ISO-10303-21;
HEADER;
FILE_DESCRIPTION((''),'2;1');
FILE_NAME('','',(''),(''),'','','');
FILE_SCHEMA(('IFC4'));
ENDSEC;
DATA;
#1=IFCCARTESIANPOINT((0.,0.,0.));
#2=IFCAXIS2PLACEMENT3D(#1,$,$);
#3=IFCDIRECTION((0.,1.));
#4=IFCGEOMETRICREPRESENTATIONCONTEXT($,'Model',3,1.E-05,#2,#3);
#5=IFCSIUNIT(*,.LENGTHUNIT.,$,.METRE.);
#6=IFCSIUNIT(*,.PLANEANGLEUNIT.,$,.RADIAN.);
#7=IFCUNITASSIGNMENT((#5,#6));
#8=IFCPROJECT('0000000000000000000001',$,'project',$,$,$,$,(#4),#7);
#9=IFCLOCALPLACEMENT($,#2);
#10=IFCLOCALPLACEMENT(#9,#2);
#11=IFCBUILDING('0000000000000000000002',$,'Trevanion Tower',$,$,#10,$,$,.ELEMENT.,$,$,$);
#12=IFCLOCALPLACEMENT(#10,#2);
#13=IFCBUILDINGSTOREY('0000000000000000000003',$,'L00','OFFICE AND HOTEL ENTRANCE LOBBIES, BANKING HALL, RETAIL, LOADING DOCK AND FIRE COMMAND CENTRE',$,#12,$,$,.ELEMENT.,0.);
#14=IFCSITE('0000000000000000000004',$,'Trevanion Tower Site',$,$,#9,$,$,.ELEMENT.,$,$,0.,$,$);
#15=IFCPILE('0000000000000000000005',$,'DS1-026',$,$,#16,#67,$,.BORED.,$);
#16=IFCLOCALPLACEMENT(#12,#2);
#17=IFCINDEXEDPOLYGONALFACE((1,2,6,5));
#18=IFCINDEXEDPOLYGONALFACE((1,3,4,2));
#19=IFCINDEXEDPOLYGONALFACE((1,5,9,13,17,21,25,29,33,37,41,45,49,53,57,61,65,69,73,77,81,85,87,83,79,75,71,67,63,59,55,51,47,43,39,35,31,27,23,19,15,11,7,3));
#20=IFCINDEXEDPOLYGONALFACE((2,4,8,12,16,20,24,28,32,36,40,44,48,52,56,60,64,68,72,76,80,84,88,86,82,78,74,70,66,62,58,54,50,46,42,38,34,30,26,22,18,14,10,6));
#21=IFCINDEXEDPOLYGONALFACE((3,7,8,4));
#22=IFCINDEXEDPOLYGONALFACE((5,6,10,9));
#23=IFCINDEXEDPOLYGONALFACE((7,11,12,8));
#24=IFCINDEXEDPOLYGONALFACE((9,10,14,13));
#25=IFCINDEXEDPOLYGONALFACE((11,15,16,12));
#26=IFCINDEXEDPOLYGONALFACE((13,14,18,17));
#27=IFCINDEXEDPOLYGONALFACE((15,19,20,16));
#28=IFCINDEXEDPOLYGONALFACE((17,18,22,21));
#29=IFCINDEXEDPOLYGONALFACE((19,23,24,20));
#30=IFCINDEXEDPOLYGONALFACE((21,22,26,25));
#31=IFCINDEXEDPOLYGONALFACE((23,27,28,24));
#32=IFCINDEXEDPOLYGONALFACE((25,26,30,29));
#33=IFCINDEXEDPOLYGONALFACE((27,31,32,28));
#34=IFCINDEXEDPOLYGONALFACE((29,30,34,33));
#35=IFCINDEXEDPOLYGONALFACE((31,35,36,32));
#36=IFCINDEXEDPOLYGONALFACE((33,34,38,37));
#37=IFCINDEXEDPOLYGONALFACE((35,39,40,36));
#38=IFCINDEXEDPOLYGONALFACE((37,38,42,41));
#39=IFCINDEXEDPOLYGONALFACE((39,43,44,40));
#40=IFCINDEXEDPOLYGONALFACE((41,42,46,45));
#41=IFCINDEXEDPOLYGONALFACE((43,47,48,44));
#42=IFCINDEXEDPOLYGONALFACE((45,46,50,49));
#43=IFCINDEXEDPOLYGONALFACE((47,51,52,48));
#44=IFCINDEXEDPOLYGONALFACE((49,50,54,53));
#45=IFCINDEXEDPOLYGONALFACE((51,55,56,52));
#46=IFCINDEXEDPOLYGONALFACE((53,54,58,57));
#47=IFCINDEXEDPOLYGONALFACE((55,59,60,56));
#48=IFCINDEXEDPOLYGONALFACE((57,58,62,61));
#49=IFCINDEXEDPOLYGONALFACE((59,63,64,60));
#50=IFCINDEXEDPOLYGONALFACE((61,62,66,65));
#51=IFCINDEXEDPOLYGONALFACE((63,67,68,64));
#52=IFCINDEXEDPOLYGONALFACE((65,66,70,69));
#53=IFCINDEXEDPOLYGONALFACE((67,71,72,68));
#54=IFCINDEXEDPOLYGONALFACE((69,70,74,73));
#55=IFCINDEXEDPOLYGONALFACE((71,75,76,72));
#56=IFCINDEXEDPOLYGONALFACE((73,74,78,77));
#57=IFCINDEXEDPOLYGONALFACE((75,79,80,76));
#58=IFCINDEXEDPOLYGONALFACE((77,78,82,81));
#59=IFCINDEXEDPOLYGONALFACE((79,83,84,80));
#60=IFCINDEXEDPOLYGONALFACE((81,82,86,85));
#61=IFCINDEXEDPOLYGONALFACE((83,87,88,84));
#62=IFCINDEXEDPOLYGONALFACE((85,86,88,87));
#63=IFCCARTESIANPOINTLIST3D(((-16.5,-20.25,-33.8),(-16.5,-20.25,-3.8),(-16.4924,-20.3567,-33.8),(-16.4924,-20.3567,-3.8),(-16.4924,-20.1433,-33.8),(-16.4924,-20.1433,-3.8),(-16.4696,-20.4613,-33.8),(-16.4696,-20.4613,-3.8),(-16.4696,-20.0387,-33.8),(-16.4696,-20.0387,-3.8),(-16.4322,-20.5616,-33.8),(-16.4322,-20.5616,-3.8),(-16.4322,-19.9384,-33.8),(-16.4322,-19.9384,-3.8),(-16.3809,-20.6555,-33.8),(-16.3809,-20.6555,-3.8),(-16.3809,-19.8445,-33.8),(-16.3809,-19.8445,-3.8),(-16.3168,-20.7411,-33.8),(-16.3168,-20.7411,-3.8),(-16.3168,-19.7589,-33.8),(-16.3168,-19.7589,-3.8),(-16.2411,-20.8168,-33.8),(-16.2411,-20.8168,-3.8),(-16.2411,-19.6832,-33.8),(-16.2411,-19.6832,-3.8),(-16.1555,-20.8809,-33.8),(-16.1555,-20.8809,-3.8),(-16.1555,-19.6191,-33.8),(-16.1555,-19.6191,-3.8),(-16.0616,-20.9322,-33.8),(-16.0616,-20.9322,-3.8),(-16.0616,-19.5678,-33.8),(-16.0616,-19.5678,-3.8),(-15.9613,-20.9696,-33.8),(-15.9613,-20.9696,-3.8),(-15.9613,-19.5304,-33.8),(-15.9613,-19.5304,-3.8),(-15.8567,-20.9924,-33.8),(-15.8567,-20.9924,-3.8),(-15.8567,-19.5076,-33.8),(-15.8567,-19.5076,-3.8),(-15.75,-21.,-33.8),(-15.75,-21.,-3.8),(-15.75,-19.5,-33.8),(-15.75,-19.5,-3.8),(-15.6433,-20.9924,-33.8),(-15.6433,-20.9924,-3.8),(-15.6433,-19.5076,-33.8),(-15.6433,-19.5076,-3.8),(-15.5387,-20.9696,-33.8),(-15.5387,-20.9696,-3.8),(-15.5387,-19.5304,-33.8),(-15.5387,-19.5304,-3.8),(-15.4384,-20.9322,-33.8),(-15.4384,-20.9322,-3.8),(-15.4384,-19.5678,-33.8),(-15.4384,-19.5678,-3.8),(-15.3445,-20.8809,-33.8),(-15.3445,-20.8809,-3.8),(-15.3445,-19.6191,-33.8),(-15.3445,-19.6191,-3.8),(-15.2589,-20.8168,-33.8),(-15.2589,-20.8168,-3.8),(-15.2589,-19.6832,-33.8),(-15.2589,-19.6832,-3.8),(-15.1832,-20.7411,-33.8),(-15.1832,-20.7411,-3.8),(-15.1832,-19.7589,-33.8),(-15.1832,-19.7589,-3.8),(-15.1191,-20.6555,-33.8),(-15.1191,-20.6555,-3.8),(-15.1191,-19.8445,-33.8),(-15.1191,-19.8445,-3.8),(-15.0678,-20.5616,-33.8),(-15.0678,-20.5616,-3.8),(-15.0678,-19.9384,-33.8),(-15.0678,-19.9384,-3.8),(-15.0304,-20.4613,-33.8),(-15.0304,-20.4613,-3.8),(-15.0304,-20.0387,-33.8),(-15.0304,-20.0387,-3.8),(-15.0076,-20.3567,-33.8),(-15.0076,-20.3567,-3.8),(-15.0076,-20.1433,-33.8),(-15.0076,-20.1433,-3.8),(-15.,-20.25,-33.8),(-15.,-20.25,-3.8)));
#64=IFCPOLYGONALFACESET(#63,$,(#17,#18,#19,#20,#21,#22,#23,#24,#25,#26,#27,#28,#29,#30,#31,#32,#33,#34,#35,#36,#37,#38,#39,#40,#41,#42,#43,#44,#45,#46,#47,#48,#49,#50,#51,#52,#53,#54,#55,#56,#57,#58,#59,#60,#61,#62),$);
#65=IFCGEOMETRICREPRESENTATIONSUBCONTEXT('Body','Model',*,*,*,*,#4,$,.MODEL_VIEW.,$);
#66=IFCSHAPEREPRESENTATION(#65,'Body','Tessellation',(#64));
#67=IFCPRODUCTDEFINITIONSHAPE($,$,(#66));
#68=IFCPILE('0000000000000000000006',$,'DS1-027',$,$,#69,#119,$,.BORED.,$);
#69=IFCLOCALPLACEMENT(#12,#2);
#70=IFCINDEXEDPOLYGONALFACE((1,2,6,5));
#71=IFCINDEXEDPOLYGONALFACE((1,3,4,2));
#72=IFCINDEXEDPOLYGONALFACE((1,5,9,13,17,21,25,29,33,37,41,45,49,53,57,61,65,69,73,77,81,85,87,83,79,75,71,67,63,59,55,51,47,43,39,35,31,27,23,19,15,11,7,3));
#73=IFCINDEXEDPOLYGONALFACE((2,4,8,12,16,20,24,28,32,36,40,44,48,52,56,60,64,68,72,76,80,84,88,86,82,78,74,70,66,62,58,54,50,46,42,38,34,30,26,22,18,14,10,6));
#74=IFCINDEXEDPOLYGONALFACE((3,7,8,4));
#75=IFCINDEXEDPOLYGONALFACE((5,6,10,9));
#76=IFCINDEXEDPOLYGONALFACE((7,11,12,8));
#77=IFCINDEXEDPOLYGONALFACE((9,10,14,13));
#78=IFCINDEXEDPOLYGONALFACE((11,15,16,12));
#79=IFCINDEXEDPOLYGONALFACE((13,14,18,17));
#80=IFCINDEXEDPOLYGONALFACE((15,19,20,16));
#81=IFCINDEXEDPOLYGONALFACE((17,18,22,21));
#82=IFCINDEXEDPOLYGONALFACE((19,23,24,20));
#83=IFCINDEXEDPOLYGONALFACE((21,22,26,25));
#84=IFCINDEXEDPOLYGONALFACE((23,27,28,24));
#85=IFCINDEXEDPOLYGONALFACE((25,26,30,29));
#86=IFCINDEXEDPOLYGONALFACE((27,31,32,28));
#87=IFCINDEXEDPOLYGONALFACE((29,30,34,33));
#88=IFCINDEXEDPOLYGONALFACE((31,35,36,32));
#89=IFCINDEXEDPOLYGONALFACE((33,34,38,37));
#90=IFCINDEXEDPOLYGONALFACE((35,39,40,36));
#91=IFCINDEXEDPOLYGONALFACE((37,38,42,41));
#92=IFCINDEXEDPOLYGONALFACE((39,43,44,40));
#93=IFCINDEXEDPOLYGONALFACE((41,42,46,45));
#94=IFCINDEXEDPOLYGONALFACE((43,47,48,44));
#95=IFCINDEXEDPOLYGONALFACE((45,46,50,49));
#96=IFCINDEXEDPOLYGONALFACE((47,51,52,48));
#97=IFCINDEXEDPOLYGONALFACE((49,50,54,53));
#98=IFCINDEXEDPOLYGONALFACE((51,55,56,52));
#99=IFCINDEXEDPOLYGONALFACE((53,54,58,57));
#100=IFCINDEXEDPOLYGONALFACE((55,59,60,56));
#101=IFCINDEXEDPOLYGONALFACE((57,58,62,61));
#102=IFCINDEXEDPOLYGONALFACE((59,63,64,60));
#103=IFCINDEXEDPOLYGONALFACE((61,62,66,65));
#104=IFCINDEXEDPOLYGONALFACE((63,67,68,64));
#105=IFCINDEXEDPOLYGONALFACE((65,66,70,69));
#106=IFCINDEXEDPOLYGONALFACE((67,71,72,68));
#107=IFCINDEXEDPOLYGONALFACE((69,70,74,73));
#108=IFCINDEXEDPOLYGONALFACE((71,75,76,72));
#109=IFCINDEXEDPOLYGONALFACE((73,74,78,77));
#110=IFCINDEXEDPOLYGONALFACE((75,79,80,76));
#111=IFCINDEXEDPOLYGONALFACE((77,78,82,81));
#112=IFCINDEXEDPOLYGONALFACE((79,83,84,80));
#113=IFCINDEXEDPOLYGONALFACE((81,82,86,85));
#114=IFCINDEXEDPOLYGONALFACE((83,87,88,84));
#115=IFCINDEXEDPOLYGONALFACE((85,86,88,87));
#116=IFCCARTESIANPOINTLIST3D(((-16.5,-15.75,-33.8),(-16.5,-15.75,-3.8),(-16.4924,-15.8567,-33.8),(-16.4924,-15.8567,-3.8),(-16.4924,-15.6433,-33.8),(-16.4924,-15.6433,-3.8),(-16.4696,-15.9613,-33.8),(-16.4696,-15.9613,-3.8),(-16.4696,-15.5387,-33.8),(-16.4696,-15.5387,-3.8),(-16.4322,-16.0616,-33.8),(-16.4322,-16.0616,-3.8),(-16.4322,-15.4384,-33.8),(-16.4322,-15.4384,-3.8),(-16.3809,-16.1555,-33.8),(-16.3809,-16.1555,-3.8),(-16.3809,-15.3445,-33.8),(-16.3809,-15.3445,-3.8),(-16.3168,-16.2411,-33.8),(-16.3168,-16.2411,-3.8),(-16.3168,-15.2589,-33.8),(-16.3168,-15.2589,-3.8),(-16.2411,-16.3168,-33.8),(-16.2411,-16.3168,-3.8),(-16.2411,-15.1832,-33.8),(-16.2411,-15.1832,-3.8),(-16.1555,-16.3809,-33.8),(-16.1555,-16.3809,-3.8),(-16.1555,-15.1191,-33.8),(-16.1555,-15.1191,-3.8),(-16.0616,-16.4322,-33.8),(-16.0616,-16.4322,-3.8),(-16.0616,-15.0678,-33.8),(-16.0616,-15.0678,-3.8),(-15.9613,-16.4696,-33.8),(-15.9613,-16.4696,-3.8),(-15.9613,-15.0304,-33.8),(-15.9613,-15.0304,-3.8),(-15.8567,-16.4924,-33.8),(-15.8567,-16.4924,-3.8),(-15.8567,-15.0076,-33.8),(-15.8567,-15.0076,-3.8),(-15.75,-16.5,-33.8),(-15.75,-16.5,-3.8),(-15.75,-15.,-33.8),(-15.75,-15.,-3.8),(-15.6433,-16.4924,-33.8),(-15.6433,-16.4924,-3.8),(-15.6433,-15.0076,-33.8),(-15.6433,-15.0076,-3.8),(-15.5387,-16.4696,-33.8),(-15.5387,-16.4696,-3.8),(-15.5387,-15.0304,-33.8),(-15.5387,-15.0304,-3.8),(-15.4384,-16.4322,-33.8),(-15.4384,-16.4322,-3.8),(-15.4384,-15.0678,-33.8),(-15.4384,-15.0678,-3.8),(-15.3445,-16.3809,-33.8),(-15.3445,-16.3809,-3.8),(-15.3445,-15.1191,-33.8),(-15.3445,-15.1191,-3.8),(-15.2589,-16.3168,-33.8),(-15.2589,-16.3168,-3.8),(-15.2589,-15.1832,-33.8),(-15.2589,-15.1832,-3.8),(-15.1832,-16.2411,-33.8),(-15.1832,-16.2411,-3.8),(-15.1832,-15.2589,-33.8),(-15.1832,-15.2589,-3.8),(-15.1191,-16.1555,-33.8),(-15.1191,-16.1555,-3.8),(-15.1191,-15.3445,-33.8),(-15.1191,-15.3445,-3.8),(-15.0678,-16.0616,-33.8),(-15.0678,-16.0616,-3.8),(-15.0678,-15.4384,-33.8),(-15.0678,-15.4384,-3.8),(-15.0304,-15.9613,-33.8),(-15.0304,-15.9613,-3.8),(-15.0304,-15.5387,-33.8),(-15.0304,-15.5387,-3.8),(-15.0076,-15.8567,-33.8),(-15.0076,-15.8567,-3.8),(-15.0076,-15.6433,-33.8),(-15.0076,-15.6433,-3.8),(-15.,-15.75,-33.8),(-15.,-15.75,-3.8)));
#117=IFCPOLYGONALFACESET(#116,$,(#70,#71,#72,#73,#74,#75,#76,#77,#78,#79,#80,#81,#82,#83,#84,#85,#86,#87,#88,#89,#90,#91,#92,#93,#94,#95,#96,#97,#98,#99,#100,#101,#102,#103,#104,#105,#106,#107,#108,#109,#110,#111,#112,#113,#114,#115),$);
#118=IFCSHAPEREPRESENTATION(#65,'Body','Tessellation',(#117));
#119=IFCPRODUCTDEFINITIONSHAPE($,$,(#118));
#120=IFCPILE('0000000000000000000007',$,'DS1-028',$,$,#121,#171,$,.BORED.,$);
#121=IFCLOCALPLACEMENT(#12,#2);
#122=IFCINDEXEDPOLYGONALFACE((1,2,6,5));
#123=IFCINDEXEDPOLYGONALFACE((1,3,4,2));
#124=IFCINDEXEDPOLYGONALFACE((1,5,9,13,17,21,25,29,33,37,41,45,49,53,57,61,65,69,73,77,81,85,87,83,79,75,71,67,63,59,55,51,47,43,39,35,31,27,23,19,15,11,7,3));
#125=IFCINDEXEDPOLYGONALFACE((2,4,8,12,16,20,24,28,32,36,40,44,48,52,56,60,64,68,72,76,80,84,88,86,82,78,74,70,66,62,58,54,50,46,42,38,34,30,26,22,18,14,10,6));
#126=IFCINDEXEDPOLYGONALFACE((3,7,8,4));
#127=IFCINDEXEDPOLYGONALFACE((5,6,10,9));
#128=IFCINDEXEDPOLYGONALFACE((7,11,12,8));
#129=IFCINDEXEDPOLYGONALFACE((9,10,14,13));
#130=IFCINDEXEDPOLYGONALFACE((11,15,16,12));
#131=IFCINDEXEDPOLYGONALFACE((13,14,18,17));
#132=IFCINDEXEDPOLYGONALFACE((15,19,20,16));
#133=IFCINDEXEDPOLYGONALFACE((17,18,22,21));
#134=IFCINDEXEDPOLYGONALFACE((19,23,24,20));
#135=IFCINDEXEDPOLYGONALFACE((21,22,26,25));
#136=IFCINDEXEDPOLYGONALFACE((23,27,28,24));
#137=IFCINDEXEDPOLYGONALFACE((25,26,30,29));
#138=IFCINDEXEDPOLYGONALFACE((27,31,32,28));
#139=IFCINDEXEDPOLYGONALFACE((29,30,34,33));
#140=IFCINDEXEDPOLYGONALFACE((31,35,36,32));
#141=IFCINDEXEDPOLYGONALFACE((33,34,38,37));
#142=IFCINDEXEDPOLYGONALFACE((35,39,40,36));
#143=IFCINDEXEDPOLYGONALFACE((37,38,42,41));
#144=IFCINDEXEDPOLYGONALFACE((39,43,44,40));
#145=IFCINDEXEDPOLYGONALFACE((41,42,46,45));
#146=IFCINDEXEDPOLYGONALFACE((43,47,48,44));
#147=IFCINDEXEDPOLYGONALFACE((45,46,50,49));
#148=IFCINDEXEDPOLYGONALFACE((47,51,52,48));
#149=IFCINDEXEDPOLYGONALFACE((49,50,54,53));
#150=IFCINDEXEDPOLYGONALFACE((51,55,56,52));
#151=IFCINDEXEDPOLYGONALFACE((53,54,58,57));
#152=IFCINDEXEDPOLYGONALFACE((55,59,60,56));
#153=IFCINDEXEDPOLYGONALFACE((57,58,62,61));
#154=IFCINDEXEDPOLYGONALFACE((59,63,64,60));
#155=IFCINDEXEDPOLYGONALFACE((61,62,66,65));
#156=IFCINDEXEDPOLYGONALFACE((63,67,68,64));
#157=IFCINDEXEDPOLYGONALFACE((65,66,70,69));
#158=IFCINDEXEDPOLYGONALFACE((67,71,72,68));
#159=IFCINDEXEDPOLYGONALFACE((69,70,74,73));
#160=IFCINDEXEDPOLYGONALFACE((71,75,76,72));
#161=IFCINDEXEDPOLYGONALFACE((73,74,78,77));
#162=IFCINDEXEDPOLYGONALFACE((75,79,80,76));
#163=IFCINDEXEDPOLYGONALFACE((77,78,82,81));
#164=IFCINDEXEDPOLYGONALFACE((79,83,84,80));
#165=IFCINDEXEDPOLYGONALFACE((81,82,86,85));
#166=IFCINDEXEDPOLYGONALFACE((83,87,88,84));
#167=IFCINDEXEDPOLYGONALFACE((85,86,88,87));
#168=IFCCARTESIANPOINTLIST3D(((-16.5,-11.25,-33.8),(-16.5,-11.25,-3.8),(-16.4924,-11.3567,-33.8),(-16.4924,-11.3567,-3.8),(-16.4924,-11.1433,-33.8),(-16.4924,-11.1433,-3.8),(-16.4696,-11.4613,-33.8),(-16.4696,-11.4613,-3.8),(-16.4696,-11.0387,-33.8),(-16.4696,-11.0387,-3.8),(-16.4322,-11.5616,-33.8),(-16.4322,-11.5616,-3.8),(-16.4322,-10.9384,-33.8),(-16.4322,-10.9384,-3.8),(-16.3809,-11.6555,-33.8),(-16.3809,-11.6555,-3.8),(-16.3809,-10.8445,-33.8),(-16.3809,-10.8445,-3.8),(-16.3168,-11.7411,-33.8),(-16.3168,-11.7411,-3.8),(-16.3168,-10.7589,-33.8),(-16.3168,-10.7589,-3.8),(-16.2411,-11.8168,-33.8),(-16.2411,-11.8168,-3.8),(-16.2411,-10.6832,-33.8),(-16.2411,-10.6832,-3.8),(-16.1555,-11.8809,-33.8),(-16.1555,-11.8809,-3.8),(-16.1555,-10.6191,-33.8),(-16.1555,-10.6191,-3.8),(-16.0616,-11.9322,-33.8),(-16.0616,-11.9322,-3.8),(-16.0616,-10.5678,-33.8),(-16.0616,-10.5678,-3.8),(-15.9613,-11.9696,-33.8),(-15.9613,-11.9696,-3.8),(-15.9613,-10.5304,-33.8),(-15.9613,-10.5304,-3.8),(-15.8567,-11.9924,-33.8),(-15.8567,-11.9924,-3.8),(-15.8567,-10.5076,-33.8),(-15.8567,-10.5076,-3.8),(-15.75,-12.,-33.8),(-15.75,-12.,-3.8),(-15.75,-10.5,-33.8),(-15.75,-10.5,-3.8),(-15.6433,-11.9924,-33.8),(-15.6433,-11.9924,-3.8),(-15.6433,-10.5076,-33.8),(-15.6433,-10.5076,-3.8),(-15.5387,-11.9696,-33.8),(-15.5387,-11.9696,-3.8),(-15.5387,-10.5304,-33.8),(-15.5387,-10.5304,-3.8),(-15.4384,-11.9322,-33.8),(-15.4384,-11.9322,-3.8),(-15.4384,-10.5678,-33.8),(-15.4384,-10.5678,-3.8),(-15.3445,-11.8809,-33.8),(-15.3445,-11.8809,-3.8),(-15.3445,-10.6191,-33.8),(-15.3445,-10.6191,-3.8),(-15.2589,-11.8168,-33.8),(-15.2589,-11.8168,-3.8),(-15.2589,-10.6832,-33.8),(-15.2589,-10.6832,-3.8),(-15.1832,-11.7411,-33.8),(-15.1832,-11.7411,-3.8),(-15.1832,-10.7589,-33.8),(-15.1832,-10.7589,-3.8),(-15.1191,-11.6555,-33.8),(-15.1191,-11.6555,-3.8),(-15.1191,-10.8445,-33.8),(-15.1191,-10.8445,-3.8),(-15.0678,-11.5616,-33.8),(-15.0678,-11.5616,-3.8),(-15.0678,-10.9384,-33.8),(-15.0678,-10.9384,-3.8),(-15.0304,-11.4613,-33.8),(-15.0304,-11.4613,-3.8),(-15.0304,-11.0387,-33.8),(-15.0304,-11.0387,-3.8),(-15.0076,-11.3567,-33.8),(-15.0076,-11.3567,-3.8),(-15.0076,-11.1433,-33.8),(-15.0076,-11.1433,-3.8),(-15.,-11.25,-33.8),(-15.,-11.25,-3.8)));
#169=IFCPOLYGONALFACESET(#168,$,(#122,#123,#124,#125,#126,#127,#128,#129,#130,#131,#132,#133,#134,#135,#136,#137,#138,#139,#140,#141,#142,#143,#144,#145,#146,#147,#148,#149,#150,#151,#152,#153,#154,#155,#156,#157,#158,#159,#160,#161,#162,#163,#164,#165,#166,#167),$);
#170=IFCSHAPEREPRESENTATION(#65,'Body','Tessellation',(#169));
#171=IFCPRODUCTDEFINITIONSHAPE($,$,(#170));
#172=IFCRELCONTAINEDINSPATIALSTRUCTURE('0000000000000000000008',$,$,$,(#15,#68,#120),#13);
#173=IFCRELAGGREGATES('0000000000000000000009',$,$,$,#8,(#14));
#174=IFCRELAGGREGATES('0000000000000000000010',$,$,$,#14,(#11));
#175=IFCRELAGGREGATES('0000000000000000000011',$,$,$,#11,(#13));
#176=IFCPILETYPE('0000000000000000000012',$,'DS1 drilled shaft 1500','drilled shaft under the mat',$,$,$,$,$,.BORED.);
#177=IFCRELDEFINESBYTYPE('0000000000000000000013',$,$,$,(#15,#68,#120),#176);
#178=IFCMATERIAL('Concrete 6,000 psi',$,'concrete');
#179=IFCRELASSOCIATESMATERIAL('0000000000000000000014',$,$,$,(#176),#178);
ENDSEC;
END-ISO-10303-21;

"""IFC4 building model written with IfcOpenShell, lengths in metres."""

from ifc_helpers import new_model, si_unit, direction, frame, origin, origin_2d, place, context, subcontext, project, spatial, circle, extrude, material, material_profile, profile_set, type_object, element, save


model = new_model("IFC4")

# Units and contexts
model_context = context("Model", 3, precision=1e-05, world=origin(), true_north=direction((0.0, 1.0)))
body_context = subcontext(model_context, "Body", "Model", "MODEL_VIEW")
ifc_project = project(units=[si_unit("LENGTHUNIT", "METRE"), si_unit("PLANEANGLEUNIT", "RADIAN")], contexts=[model_context])

# Site, building, storey
site_placement = place(None, origin())
site = spatial("IfcSite", under=ifc_project, at=site_placement, Name="Trevanion Tower Site", CompositionType="ELEMENT", RefElevation=0.0)
building_placement = place(site_placement, origin())
building = spatial("IfcBuilding", under=site, at=building_placement, Name="Trevanion Tower", CompositionType="ELEMENT")
storey_placement = place(building_placement, origin())
storey = spatial("IfcBuildingStorey", under=building, at=storey_placement, Name="L00", Description="OFFICE AND HOTEL ENTRANCE LOBBIES, BANKING HALL, RETAIL, LOADING DOCK AND FIRE COMMAND CENTRE", CompositionType="ELEMENT", Elevation=0.0)

# Piles
ifc_material_1 = material(Name="Concrete 6,000 psi", Category="concrete")
ifc_material_profile_1 = material_profile(ifc_material_1, circle(Radius=0.75, at=origin_2d()), Name="DS1 drilled shaft 1500")
ifc_profile_set_1 = profile_set([ifc_material_profile_1], Name="Concrete 6,000 psi")
pile_type = type_object("IfcPileType", Name="DS1 drilled shaft 1500", Description="drilled shaft under the mat", PredefinedType="BORED", material=ifc_profile_set_1)
for number, where, z_axis, x_axis, name in (
    (1, (-15.75, -20.25, -3.8), (0.0, 0.0, -1.0), (1.0, 0.0, 0.0), "DS1-026"),
    (2, (-15.75, -15.75, -3.8), (0.0, 0.0, -1.0), (1.0, 0.0, 0.0), "DS1-027"),
    (3, (-15.75, -11.25, -3.8), (0.0, 0.0, -1.0), (1.0, 0.0, 0.0), "DS1-028"),
):
    element("IfcPile", number, at=place(storey_placement, frame(where, z_axis=z_axis, x_axis=x_axis)), inside=storey, type_object=pile_type, Name=name, PredefinedType="BORED", context=body_context, shape_type="SweptSolid", body=[
        extrude(circle(Radius=0.75, at=origin_2d()), origin(), (0.0, 0.0, 1.0), 30.0),
    ])

save(model, "model.ifc")
